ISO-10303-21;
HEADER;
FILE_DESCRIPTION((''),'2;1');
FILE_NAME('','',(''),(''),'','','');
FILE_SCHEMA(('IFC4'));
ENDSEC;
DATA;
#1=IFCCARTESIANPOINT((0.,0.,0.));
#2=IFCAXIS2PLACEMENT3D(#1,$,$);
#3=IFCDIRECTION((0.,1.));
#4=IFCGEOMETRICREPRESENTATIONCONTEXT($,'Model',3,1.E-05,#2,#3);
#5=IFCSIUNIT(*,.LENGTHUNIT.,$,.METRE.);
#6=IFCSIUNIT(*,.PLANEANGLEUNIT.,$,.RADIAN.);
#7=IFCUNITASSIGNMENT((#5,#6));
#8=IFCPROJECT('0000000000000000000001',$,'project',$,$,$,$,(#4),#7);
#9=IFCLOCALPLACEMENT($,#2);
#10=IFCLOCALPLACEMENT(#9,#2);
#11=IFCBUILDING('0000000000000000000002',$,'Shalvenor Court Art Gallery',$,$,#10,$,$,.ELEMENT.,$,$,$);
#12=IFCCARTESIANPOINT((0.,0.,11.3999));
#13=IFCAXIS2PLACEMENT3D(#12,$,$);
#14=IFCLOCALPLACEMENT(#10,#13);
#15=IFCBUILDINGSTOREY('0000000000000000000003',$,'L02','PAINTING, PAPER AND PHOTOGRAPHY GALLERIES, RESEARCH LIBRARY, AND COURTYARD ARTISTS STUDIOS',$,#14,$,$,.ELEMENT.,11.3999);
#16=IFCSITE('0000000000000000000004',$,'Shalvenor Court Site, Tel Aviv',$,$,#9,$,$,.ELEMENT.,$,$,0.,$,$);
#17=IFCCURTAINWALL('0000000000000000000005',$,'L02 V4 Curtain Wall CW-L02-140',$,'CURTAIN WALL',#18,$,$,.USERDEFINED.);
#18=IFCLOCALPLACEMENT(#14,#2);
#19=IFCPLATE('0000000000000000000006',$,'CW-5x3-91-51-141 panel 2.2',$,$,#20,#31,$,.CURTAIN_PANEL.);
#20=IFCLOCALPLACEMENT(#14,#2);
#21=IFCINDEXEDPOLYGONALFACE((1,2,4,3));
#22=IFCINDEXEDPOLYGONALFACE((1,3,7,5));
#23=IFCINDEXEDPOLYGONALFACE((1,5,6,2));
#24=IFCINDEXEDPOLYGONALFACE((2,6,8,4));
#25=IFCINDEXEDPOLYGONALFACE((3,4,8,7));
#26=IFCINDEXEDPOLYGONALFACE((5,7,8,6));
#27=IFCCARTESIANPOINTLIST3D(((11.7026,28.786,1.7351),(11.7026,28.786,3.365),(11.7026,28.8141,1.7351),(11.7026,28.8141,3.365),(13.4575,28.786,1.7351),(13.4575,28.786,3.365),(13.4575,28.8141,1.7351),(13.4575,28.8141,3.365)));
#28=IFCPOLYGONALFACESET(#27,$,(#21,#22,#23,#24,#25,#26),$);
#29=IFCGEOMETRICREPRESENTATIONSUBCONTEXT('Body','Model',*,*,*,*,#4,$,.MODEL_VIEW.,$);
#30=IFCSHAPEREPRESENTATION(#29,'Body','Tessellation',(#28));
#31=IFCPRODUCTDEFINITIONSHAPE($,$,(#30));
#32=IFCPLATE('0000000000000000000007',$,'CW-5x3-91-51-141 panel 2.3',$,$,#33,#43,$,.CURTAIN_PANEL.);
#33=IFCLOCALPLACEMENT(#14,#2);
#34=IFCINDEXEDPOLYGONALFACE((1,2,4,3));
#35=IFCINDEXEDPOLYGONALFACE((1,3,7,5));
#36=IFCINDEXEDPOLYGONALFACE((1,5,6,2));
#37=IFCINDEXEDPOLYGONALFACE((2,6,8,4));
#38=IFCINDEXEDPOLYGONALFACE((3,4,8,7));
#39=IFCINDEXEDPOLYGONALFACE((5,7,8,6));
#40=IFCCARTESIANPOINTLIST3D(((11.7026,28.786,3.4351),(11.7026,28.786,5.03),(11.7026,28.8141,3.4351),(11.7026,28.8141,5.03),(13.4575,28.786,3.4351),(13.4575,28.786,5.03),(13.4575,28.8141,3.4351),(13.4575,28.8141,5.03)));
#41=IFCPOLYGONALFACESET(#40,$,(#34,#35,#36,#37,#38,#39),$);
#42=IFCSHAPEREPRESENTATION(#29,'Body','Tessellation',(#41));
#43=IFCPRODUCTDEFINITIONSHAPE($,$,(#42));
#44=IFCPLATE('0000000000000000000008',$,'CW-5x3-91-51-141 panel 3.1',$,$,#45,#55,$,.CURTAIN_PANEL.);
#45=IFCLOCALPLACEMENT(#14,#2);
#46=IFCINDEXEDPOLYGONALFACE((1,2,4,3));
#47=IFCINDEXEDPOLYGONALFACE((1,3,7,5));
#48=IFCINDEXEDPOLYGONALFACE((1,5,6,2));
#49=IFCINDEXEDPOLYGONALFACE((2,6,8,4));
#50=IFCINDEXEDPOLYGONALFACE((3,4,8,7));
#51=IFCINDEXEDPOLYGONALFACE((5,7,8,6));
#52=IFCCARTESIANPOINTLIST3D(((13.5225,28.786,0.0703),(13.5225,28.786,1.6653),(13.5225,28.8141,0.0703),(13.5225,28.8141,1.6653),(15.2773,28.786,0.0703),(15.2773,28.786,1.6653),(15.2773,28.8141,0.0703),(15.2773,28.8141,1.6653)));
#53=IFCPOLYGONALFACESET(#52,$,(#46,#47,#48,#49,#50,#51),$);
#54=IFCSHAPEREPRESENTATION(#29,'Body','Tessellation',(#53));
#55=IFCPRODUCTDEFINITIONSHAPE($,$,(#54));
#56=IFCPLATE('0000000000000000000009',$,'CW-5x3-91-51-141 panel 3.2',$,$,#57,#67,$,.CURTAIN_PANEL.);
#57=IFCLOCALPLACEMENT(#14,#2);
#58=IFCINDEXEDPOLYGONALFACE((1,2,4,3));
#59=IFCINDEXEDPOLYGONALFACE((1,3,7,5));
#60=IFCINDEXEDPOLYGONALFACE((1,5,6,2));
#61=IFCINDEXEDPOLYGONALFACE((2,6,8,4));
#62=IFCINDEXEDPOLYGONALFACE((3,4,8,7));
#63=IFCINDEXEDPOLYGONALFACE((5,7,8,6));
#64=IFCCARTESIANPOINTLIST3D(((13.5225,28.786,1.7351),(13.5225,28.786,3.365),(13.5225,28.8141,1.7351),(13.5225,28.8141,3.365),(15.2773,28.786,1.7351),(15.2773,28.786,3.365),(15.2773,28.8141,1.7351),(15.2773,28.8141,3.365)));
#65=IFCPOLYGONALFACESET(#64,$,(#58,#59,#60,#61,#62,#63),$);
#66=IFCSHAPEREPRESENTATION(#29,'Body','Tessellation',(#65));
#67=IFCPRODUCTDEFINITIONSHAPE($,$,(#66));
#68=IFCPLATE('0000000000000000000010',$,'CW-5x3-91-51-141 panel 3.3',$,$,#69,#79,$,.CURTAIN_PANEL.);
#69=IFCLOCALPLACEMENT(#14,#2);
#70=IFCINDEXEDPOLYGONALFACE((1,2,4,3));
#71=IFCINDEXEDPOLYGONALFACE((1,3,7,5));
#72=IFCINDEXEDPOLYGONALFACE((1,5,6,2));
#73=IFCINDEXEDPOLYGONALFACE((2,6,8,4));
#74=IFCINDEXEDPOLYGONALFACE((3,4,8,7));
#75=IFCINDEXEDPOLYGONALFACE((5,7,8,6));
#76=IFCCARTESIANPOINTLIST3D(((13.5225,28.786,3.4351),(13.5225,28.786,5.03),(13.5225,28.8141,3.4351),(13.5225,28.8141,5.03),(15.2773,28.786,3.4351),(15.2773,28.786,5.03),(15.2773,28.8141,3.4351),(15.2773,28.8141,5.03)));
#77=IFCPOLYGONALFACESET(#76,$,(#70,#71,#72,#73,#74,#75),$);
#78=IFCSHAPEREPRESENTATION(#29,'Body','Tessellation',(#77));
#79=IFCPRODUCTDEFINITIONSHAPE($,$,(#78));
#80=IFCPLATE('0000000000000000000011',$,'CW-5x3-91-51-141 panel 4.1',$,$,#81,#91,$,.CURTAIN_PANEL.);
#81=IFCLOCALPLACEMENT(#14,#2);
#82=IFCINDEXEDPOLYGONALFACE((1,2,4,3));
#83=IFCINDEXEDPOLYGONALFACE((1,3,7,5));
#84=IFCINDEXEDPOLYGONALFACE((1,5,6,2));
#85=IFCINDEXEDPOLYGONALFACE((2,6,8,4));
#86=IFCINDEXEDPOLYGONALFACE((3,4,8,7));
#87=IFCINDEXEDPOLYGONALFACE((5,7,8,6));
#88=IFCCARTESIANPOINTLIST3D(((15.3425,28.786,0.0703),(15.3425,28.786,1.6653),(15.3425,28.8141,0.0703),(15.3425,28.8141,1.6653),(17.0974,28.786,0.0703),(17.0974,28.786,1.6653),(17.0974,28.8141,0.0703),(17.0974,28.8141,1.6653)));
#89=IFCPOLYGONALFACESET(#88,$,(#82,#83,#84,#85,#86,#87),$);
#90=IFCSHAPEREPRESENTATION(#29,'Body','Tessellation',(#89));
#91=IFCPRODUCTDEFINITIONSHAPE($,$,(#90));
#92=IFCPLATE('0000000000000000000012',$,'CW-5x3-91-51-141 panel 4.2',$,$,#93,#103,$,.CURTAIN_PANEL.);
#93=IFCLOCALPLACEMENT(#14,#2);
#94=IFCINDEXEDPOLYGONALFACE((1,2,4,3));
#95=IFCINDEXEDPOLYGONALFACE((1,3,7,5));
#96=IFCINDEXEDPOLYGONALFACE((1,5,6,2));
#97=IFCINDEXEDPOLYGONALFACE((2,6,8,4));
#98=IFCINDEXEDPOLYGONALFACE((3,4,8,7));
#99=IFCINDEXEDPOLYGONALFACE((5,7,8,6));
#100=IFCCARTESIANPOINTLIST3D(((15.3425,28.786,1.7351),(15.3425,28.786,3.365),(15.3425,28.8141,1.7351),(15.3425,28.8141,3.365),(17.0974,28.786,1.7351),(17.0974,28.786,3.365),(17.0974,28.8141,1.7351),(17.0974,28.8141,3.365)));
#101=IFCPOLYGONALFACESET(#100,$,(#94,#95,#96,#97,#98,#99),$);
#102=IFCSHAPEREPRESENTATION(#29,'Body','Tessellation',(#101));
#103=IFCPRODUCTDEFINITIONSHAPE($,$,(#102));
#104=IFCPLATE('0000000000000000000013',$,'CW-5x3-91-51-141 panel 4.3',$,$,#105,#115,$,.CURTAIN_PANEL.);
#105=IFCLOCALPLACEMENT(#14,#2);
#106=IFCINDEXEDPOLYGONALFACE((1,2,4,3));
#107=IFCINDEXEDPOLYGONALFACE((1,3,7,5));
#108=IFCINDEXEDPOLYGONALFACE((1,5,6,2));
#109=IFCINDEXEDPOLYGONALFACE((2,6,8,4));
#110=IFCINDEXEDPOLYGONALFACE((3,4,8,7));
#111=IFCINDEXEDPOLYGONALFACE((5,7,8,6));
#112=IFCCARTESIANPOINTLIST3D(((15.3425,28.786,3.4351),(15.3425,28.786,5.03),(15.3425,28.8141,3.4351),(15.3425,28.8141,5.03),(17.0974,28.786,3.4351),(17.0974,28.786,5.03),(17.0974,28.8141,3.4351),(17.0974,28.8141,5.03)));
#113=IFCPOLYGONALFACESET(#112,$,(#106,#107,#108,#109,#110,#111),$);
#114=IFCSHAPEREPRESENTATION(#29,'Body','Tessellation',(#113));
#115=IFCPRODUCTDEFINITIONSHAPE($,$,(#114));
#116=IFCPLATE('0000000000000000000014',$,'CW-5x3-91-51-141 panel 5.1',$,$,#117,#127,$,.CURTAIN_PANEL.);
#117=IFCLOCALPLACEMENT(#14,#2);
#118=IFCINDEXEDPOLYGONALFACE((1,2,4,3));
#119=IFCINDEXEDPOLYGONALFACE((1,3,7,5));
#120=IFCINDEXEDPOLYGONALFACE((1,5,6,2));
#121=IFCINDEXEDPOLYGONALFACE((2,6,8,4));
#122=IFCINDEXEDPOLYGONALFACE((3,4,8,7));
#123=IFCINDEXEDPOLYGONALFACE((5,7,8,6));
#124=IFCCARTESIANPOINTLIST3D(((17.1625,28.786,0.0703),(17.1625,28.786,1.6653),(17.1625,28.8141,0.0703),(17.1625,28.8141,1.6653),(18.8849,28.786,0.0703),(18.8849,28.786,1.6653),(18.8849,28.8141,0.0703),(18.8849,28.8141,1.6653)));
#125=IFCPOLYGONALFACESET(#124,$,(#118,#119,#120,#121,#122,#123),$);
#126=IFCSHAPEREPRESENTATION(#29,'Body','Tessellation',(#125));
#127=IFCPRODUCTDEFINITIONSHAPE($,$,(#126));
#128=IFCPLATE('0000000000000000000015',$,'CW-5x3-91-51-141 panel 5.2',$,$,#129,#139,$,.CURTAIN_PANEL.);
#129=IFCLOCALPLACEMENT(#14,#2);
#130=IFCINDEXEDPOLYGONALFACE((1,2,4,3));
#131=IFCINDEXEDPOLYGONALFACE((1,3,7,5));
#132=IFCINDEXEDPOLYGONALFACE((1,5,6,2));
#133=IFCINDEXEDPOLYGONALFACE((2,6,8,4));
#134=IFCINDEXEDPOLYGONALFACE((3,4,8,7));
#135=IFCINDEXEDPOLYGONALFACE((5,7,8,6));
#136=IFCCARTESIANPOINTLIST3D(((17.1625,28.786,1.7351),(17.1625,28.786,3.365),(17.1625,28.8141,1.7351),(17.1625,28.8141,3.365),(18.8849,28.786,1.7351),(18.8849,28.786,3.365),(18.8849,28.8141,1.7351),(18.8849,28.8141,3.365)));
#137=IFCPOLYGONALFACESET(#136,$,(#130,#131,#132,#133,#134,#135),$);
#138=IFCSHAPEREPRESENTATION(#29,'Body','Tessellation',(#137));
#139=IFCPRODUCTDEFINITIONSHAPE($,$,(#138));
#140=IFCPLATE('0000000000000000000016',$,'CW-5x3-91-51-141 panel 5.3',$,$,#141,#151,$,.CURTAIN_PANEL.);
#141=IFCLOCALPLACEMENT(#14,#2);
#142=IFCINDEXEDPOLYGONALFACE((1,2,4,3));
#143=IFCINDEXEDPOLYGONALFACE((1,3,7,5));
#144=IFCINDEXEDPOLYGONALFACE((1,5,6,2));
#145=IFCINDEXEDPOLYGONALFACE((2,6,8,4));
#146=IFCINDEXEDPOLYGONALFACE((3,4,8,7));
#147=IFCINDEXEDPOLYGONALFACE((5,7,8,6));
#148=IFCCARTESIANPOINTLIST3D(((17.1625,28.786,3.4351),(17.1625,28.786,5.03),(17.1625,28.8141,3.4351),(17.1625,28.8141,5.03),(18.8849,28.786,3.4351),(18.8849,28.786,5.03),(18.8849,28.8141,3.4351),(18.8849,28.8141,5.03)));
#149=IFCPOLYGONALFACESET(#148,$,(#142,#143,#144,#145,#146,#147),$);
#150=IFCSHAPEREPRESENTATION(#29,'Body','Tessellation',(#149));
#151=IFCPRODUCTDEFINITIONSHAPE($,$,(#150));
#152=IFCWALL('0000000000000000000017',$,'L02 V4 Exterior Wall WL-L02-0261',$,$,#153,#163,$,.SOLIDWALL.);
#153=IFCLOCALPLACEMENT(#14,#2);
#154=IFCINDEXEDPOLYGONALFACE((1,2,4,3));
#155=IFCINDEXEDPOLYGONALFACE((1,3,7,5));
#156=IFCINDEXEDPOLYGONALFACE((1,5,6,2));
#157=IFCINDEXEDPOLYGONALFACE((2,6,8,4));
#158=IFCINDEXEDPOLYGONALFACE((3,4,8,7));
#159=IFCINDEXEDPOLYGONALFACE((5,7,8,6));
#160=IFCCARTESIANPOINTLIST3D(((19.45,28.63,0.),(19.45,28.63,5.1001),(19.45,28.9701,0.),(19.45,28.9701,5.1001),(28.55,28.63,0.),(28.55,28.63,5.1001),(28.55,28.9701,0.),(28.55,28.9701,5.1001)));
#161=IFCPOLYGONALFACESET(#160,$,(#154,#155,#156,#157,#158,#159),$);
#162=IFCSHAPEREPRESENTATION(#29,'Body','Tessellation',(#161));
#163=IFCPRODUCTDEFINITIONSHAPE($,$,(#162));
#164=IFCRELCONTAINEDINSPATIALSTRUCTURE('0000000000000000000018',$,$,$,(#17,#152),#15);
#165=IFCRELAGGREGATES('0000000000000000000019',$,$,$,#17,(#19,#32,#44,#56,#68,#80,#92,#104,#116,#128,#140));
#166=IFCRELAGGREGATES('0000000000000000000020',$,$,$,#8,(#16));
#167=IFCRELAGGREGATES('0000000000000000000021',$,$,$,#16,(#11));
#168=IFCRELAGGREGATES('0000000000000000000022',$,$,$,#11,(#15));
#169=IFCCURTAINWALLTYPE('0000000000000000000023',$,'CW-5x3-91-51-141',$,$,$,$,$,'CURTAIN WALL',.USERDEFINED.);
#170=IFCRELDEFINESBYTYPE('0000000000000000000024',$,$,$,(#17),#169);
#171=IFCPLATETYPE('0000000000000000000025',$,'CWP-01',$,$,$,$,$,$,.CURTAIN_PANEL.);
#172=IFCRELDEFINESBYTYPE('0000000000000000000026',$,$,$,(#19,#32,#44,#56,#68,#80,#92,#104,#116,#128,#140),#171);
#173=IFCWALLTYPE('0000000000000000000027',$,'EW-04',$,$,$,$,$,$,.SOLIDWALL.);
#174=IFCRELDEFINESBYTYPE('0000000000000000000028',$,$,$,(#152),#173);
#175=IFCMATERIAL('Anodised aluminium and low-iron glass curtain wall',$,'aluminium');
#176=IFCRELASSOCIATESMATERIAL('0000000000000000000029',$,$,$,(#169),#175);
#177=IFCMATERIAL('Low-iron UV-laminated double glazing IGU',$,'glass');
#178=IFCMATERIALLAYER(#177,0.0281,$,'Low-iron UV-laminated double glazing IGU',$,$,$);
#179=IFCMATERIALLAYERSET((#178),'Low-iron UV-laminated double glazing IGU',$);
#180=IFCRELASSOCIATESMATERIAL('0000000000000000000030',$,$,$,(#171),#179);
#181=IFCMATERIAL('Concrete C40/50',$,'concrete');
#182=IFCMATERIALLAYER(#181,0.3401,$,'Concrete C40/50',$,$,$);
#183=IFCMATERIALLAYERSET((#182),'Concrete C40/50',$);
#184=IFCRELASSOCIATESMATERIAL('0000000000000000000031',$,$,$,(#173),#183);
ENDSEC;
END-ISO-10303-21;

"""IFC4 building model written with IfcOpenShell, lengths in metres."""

from ifc_helpers import new_model, si_unit, direction, frame, frame_2d, origin, origin_2d, place, context, subcontext, project, spatial, rectangle, extrude, material, layer, layer_set, type_object, element, aggregate, save


model = new_model("IFC4")

# Units and contexts
model_context = context("Model", 3, precision=1e-05, world=origin(), true_north=direction((0.0, 1.0)))
body_context = subcontext(model_context, "Body", "Model", "MODEL_VIEW")
ifc_project = project(units=[si_unit("LENGTHUNIT", "METRE"), si_unit("PLANEANGLEUNIT", "RADIAN")], contexts=[model_context])

# Site, building, storey
site_placement = place(None, origin())
site = spatial("IfcSite", under=ifc_project, at=site_placement, Name="Shalvenor Court Site, Tel Aviv", CompositionType="ELEMENT", RefElevation=0.0)
building_placement = place(site_placement, origin())
building = spatial("IfcBuilding", under=site, at=building_placement, Name="Shalvenor Court Art Gallery", CompositionType="ELEMENT")
storey_placement = place(building_placement, frame((0.0, 0.0, 11.3999)))
storey = spatial("IfcBuildingStorey", under=building, at=storey_placement, Name="L02", Description="PAINTING, PAPER AND PHOTOGRAPHY GALLERIES, RESEARCH LIBRARY, AND COURTYARD ARTISTS STUDIOS", CompositionType="ELEMENT", Elevation=11.3999)

# Curtain wall
ifc_material_1 = material(Name="Anodised aluminium and low-iron glass curtain wall", Category="aluminium")
curtain_wall_type_1 = type_object("IfcCurtainWallType", Name="CW-5x3-91-51-141", ElementType="CURTAIN WALL", PredefinedType="USERDEFINED", material=ifc_material_1)
curtain_wall_1_placement = place(storey_placement, origin())
curtain_wall_1 = element("IfcCurtainWall", 1, at=curtain_wall_1_placement, inside=storey, type_object=curtain_wall_type_1, Name="L02 V4 Curtain Wall CW-L02-140", ObjectType="CURTAIN WALL", PredefinedType="USERDEFINED")

# Plates
ifc_material_2 = material(Name="Low-iron UV-laminated double glazing IGU", Category="glass")
ifc_layer_1 = layer(ifc_material_2, 0.0281, Name="Low-iron UV-laminated double glazing IGU")
ifc_layer_set_1 = layer_set([ifc_layer_1], Name="Low-iron UV-laminated double glazing IGU")
plate_type = type_object("IfcPlateType", Name="CWP-01", PredefinedType="CURTAIN_PANEL", material=ifc_layer_set_1)
plate_1_placement = place(storey_placement, frame((12.5801, 28.8, 1.7351), z_axis=(0.0, 0.0, 1.0), x_axis=(1.0, 0.0, 0.0)))
plate_1 = element("IfcPlate", 2, at=plate_1_placement, type_object=plate_type, Name="CW-5x3-91-51-141 panel 2.2", PredefinedType="CURTAIN_PANEL", context=body_context, shape_type="SweptSolid", body=[
    extrude(rectangle(XDim=1.7549, YDim=0.0281, at=origin_2d()), origin(), (0.0, 0.0, 1.0), 1.6299),
])
plate_2_placement = place(storey_placement, frame((12.5801, 28.8, 3.4351), z_axis=(0.0, 0.0, 1.0), x_axis=(1.0, 0.0, 0.0)))
plate_2 = element("IfcPlate", 3, at=plate_2_placement, type_object=plate_type, Name="CW-5x3-91-51-141 panel 2.3", PredefinedType="CURTAIN_PANEL", context=body_context, shape_type="SweptSolid", body=[
    extrude(rectangle(XDim=1.7549, YDim=0.0281, at=origin_2d()), origin(), (0.0, 0.0, 1.0), 1.595),
])
plate_3_placement = place(storey_placement, frame((14.3999, 28.8, 0.0703), z_axis=(0.0, 0.0, 1.0), x_axis=(1.0, 0.0, 0.0)))
plate_3 = element("IfcPlate", 4, at=plate_3_placement, type_object=plate_type, Name="CW-5x3-91-51-141 panel 3.1", PredefinedType="CURTAIN_PANEL", context=body_context, shape_type="SweptSolid", body=[
    extrude(rectangle(XDim=1.7549, YDim=0.0281, at=origin_2d()), origin(), (0.0, 0.0, 1.0), 1.595),
])
plate_4_placement = place(storey_placement, frame((14.3999, 28.8, 1.7351), z_axis=(0.0, 0.0, 1.0), x_axis=(1.0, 0.0, 0.0)))
plate_4 = element("IfcPlate", 5, at=plate_4_placement, type_object=plate_type, Name="CW-5x3-91-51-141 panel 3.2", PredefinedType="CURTAIN_PANEL", context=body_context, shape_type="SweptSolid", body=[
    extrude(rectangle(XDim=1.7549, YDim=0.0281, at=origin_2d()), origin(), (0.0, 0.0, 1.0), 1.6299),
])
plate_5_placement = place(storey_placement, frame((14.3999, 28.8, 3.4351), z_axis=(0.0, 0.0, 1.0), x_axis=(1.0, 0.0, 0.0)))
plate_5 = element("IfcPlate", 6, at=plate_5_placement, type_object=plate_type, Name="CW-5x3-91-51-141 panel 3.3", PredefinedType="CURTAIN_PANEL", context=body_context, shape_type="SweptSolid", body=[
    extrude(rectangle(XDim=1.7549, YDim=0.0281, at=origin_2d()), origin(), (0.0, 0.0, 1.0), 1.595),
])
plate_6_placement = place(storey_placement, frame((16.22, 28.8, 0.0703), z_axis=(0.0, 0.0, 1.0), x_axis=(1.0, 0.0, 0.0)))
plate_6 = element("IfcPlate", 7, at=plate_6_placement, type_object=plate_type, Name="CW-5x3-91-51-141 panel 4.1", PredefinedType="CURTAIN_PANEL", context=body_context, shape_type="SweptSolid", body=[
    extrude(rectangle(XDim=1.7549, YDim=0.0281, at=origin_2d()), origin(), (0.0, 0.0, 1.0), 1.595),
])
plate_7_placement = place(storey_placement, frame((16.22, 28.8, 1.7351), z_axis=(0.0, 0.0, 1.0), x_axis=(1.0, 0.0, 0.0)))
plate_7 = element("IfcPlate", 8, at=plate_7_placement, type_object=plate_type, Name="CW-5x3-91-51-141 panel 4.2", PredefinedType="CURTAIN_PANEL", context=body_context, shape_type="SweptSolid", body=[
    extrude(rectangle(XDim=1.7549, YDim=0.0281, at=origin_2d()), origin(), (0.0, 0.0, 1.0), 1.6299),
])
plate_8_placement = place(storey_placement, frame((16.22, 28.8, 3.4351), z_axis=(0.0, 0.0, 1.0), x_axis=(1.0, 0.0, 0.0)))
plate_8 = element("IfcPlate", 9, at=plate_8_placement, type_object=plate_type, Name="CW-5x3-91-51-141 panel 4.3", PredefinedType="CURTAIN_PANEL", context=body_context, shape_type="SweptSolid", body=[
    extrude(rectangle(XDim=1.7549, YDim=0.0281, at=origin_2d()), origin(), (0.0, 0.0, 1.0), 1.595),
])
plate_9_placement = place(storey_placement, frame((18.0237, 28.8, 0.0703), z_axis=(0.0, 0.0, 1.0), x_axis=(1.0, 0.0, 0.0)))
plate_9 = element("IfcPlate", 10, at=plate_9_placement, type_object=plate_type, Name="CW-5x3-91-51-141 panel 5.1", PredefinedType="CURTAIN_PANEL", context=body_context, shape_type="SweptSolid", body=[
    extrude(rectangle(XDim=1.7224, YDim=0.0281, at=origin_2d()), origin(), (0.0, 0.0, 1.0), 1.595),
])
plate_10_placement = place(storey_placement, frame((18.0237, 28.8, 1.7351), z_axis=(0.0, 0.0, 1.0), x_axis=(1.0, 0.0, 0.0)))
plate_10 = element("IfcPlate", 11, at=plate_10_placement, type_object=plate_type, Name="CW-5x3-91-51-141 panel 5.2", PredefinedType="CURTAIN_PANEL", context=body_context, shape_type="SweptSolid", body=[
    extrude(rectangle(XDim=1.7224, YDim=0.0281, at=origin_2d()), origin(), (0.0, 0.0, 1.0), 1.6299),
])
plate_11_placement = place(storey_placement, frame((18.0237, 28.8, 3.4351), z_axis=(0.0, 0.0, 1.0), x_axis=(1.0, 0.0, 0.0)))
plate_11 = element("IfcPlate", 12, at=plate_11_placement, type_object=plate_type, Name="CW-5x3-91-51-141 panel 5.3", PredefinedType="CURTAIN_PANEL", context=body_context, shape_type="SweptSolid", body=[
    extrude(rectangle(XDim=1.7224, YDim=0.0281, at=origin_2d()), origin(), (0.0, 0.0, 1.0), 1.595),
])
aggregate(curtain_wall_1, [plate_1, plate_2, plate_3, plate_4, plate_5, plate_6, plate_7, plate_8, plate_9, plate_10, plate_11])

# Wall
ifc_material_3 = material(Name="Concrete C40/50", Category="concrete")
ifc_layer_2 = layer(ifc_material_3, 0.3401, Name="Concrete C40/50")
ifc_layer_set_2 = layer_set([ifc_layer_2], Name="Concrete C40/50")
wall_type = type_object("IfcWallType", Name="EW-04", PredefinedType="SOLIDWALL", material=ifc_layer_set_2)
wall_placement = place(storey_placement, frame((19.45, 28.8, 0.0), z_axis=(0.0, 0.0, 1.0), x_axis=(1.0, 0.0, 0.0)))
element("IfcWall", 13, at=wall_placement, inside=storey, type_object=wall_type, Name="L02 V4 Exterior Wall WL-L02-0261", PredefinedType="SOLIDWALL", context=body_context, shape_type="SweptSolid", body=[
    extrude(rectangle(XDim=9.1001, YDim=0.3401, at=frame_2d((4.55, 0.0))), origin(), (0.0, 0.0, 1.0), 5.1001),
])

save(model, "model.ifc")
